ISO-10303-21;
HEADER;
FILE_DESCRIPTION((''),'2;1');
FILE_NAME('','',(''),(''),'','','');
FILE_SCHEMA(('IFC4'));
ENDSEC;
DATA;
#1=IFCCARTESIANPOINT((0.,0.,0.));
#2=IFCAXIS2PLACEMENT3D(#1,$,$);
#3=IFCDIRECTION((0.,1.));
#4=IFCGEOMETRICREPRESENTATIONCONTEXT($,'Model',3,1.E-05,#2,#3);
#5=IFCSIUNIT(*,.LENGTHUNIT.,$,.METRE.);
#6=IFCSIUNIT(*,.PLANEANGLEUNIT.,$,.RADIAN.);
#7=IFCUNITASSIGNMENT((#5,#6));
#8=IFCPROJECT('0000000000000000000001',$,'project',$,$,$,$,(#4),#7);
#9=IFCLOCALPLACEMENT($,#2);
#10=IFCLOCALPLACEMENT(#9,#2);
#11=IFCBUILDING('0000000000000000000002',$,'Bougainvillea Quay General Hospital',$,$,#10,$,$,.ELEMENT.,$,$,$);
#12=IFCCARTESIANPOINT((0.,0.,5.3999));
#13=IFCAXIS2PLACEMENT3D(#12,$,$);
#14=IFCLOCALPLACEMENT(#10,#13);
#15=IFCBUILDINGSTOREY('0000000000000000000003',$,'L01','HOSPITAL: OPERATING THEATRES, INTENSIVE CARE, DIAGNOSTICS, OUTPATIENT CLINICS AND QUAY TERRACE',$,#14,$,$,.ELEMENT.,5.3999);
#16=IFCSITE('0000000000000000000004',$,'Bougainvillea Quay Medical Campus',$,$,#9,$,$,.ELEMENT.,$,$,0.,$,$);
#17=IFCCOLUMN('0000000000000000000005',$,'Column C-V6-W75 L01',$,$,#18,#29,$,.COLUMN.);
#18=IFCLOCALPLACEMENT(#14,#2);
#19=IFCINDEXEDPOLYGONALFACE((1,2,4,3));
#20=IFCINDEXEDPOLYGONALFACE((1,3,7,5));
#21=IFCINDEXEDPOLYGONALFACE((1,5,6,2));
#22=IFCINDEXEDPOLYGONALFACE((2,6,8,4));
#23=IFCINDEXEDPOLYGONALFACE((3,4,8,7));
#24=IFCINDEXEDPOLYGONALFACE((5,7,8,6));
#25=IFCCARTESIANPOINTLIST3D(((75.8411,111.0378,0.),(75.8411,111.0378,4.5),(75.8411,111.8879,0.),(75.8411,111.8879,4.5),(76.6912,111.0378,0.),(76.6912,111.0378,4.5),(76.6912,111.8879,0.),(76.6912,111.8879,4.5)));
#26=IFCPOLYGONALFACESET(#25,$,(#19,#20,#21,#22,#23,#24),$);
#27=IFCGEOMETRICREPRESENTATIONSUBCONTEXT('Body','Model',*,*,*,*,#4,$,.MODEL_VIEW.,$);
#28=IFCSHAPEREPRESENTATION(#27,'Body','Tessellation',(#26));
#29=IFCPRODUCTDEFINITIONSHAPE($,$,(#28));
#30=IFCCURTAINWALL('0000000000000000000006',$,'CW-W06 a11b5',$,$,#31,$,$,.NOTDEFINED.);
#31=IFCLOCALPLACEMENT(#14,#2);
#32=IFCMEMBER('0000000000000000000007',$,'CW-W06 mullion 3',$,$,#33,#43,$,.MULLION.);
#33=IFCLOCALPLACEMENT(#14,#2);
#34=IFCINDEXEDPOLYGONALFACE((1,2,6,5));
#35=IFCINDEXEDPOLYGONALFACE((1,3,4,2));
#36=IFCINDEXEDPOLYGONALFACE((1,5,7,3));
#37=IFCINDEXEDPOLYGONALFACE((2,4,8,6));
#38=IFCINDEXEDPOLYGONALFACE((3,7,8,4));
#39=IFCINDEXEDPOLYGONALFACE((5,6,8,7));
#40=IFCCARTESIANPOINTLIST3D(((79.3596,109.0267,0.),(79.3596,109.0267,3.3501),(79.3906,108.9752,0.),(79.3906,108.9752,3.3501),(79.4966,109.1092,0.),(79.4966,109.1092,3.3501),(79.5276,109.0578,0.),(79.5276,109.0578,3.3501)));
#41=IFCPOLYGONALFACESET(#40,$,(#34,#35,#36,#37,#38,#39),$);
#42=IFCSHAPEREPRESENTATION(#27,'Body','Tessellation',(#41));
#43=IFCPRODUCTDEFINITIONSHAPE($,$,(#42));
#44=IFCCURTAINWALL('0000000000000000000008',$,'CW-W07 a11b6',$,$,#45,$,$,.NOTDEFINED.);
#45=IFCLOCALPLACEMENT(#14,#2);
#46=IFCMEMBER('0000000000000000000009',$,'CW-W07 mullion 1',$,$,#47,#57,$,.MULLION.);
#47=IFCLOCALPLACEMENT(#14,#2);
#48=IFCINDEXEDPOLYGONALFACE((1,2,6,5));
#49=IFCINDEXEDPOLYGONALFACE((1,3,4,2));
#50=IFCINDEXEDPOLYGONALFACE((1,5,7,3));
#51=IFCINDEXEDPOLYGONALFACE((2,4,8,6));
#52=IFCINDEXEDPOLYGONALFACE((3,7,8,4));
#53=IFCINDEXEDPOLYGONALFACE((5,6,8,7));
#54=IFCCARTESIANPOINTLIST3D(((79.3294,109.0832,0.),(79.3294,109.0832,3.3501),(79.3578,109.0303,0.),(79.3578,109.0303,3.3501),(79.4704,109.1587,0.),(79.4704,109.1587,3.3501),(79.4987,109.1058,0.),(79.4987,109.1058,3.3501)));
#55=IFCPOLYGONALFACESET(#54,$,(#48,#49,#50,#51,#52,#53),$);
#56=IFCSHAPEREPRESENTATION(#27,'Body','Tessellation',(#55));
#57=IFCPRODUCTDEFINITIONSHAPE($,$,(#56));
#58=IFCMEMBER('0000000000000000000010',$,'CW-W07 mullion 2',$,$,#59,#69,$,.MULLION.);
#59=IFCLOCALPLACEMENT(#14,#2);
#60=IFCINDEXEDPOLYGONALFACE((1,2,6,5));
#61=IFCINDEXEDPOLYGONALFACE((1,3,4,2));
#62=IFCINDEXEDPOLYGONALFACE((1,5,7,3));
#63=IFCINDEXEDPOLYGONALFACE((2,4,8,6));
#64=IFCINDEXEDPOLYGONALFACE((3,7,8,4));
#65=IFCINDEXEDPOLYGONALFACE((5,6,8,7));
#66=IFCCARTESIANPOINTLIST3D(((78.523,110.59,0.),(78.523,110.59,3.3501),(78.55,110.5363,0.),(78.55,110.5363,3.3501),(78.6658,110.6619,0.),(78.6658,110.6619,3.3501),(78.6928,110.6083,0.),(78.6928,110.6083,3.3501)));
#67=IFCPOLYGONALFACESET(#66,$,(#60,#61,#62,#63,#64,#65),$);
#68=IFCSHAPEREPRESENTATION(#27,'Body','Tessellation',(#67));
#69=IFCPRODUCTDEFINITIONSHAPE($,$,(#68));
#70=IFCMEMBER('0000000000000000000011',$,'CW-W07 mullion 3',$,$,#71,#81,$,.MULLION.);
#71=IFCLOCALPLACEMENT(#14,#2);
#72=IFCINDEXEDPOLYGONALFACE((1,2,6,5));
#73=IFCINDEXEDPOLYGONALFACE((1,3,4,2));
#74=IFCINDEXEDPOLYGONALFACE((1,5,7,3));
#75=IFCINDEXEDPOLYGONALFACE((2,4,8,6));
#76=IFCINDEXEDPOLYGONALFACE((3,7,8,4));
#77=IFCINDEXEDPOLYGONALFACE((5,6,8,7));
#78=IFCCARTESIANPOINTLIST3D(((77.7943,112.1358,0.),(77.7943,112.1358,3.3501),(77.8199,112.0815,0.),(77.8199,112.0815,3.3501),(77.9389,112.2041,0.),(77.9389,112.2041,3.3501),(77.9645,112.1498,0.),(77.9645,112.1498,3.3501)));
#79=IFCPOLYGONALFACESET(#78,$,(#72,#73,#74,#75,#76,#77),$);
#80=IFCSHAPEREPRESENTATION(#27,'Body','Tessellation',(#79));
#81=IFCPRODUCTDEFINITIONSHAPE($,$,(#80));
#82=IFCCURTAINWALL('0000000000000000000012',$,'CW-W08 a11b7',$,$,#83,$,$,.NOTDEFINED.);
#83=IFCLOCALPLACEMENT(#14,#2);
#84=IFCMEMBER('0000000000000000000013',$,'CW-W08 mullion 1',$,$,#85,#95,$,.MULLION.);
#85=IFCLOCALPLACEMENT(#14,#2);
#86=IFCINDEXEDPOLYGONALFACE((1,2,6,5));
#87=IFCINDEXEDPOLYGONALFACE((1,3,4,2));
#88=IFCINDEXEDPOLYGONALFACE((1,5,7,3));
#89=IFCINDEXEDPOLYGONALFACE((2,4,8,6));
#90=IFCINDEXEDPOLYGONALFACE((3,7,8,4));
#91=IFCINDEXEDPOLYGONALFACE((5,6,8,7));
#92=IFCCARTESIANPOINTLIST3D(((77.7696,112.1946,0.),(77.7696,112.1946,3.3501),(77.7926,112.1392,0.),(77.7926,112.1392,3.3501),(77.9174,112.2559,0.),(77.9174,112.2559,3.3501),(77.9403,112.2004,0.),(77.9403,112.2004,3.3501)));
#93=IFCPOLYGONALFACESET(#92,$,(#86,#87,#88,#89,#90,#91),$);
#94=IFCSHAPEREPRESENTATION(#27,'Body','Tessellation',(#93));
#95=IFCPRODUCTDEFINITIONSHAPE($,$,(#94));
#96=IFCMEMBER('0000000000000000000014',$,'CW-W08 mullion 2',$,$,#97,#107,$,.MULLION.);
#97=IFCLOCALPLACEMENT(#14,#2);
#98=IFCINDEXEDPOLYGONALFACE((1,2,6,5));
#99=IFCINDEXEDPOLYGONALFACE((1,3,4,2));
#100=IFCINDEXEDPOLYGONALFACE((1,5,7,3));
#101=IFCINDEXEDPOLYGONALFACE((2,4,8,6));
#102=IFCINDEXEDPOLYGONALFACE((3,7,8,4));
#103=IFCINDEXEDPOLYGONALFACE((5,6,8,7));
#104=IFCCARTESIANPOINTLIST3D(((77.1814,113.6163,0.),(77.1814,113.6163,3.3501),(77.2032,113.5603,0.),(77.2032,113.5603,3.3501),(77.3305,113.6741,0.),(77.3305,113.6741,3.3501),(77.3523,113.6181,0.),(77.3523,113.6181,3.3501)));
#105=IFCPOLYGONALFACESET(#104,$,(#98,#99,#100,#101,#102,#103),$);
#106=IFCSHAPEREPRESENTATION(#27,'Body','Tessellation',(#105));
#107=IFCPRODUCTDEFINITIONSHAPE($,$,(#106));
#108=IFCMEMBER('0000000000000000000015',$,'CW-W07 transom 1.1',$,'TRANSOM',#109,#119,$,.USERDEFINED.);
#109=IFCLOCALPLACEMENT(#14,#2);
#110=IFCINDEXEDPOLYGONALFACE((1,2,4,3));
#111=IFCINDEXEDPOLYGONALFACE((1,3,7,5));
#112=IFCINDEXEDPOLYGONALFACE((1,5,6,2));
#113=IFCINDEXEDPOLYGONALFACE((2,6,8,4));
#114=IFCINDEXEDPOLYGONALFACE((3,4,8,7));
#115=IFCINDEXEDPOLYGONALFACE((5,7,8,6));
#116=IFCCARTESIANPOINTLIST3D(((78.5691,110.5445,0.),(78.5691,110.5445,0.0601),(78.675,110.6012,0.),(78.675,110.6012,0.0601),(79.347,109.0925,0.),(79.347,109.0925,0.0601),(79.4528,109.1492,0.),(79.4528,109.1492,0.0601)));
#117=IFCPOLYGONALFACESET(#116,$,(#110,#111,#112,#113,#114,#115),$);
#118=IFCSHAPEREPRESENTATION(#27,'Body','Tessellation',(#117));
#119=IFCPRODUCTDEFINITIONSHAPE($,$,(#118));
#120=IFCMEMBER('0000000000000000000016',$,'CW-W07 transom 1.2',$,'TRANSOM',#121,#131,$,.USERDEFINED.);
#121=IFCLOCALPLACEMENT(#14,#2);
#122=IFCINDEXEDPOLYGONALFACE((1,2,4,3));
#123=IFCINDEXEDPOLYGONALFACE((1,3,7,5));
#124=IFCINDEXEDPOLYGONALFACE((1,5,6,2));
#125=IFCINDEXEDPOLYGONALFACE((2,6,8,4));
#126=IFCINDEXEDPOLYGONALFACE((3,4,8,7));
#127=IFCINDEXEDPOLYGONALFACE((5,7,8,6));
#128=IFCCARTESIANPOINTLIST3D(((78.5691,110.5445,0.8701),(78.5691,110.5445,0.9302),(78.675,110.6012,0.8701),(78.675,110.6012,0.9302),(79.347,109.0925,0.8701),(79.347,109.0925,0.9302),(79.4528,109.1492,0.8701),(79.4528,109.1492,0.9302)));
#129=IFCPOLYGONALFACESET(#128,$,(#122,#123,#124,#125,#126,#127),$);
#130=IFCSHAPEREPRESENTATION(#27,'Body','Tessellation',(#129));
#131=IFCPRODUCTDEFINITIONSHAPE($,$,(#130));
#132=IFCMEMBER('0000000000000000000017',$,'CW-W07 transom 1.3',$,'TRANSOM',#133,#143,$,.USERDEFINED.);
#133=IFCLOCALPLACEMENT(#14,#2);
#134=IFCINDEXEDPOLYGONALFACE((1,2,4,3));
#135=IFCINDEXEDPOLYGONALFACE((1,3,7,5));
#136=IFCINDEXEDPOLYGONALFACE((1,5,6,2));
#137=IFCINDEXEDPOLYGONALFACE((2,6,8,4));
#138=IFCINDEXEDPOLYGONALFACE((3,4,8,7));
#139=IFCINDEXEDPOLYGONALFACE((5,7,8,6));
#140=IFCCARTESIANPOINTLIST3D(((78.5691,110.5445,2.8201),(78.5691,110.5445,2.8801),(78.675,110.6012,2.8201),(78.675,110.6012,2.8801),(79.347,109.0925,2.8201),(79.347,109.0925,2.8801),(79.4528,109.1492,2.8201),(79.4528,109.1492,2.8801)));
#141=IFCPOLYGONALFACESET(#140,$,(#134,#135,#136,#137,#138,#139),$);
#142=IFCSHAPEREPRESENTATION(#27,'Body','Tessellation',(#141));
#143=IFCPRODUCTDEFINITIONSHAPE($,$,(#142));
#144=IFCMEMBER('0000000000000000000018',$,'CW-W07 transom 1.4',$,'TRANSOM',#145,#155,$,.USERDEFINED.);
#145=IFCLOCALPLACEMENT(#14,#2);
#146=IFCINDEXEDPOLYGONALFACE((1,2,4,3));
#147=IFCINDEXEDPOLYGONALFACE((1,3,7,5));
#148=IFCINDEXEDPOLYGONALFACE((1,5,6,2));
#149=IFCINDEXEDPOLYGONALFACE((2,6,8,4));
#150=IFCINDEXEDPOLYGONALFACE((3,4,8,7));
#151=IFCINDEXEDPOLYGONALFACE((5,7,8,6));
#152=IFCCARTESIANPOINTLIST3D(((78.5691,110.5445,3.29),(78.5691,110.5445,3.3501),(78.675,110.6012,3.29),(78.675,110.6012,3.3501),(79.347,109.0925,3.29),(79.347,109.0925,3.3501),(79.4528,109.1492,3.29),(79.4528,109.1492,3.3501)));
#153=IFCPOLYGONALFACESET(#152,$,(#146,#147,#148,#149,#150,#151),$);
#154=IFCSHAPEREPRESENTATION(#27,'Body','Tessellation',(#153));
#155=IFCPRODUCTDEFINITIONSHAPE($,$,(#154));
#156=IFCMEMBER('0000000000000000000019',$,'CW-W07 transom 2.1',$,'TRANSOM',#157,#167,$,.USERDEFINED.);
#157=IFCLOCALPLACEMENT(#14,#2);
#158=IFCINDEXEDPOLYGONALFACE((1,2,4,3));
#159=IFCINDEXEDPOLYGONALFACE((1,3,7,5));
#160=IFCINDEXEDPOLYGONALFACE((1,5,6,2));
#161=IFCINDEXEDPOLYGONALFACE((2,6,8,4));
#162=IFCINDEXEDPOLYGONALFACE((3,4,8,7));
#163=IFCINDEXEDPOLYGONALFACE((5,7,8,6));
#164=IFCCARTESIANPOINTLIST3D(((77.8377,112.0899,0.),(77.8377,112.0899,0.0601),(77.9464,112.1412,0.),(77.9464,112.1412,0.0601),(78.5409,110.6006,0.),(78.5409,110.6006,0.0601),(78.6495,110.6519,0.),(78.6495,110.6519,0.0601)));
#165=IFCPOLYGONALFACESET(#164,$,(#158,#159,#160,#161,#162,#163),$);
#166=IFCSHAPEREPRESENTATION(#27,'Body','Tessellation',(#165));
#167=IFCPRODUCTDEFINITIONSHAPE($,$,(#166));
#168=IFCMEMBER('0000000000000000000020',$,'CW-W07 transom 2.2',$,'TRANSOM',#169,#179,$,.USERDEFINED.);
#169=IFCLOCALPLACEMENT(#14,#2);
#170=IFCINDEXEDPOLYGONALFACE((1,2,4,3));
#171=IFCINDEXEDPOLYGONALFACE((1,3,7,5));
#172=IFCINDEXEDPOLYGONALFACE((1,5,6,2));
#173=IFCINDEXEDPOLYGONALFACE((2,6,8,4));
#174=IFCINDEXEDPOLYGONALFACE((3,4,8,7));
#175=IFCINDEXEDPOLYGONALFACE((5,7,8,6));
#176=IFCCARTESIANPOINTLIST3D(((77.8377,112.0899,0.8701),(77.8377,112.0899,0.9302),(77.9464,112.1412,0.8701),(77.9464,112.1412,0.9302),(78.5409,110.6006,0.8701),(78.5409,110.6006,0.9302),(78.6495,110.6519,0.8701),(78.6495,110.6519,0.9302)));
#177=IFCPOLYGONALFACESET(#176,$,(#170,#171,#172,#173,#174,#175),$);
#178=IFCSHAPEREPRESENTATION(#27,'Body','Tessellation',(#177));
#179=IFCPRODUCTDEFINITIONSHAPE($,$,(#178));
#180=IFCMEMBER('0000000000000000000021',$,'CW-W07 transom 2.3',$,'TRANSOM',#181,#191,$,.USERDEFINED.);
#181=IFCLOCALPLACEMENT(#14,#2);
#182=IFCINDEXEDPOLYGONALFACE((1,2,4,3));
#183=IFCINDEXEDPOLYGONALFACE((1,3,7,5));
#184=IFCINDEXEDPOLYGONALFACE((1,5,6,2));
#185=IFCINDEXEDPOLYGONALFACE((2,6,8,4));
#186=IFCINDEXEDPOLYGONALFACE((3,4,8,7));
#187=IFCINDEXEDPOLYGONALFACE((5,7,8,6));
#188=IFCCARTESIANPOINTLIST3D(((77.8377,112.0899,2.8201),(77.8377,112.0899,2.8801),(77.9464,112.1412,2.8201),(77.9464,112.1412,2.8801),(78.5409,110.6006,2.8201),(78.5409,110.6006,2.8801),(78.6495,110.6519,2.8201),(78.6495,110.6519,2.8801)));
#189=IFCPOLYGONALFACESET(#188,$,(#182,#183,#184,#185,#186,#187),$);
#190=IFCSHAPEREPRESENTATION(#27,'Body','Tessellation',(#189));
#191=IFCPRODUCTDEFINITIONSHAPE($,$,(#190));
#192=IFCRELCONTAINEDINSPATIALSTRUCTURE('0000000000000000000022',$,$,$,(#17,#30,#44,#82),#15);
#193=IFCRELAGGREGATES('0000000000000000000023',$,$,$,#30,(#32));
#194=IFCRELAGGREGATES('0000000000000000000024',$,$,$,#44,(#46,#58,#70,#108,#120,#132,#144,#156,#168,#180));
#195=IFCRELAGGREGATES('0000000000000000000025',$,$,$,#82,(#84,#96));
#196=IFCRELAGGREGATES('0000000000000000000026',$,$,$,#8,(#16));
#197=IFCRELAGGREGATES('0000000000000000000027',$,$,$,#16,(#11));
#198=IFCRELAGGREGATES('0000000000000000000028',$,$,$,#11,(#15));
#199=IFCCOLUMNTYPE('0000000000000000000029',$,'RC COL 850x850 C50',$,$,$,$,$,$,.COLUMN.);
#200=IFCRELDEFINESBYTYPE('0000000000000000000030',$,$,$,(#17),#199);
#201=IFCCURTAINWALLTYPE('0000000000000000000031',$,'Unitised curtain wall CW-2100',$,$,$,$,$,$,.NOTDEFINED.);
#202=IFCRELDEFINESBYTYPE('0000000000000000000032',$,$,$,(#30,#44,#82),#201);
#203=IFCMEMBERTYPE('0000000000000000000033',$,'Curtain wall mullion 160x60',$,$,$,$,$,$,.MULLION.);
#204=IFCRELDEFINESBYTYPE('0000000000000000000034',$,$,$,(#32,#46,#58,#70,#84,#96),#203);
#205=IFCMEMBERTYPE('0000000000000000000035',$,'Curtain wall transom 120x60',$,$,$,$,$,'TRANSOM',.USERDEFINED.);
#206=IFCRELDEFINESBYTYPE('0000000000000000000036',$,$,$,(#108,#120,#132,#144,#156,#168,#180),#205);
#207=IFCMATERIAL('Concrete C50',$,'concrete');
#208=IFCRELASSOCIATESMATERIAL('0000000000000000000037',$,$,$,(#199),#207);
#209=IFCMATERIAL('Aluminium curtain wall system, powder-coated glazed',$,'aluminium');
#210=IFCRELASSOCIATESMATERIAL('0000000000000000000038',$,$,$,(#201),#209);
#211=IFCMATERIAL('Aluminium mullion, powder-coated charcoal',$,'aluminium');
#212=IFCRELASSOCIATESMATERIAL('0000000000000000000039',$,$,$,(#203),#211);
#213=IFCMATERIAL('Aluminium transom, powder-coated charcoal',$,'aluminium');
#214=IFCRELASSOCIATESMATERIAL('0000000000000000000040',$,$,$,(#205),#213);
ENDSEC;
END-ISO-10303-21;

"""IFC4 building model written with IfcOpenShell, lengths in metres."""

from ifc_helpers import new_model, si_unit, direction, frame, origin, origin_2d, place, context, subcontext, project, spatial, rectangle, extrude, material, material_profile, profile_set, type_object, element, aggregate, save


model = new_model("IFC4")

# Units and contexts
model_context = context("Model", 3, precision=1e-05, world=origin(), true_north=direction((0.0, 1.0)))
body_context = subcontext(model_context, "Body", "Model", "MODEL_VIEW")
ifc_project = project(units=[si_unit("LENGTHUNIT", "METRE"), si_unit("PLANEANGLEUNIT", "RADIAN")], contexts=[model_context])

# Site, building, storey
site_placement = place(None, origin())
site = spatial("IfcSite", under=ifc_project, at=site_placement, Name="Bougainvillea Quay Medical Campus", CompositionType="ELEMENT", RefElevation=0.0)
building_placement = place(site_placement, origin())
building = spatial("IfcBuilding", under=site, at=building_placement, Name="Bougainvillea Quay General Hospital", CompositionType="ELEMENT")
storey_placement = place(building_placement, frame((0.0, 0.0, 5.3999)))
storey = spatial("IfcBuildingStorey", under=building, at=storey_placement, Name="L01", Description="HOSPITAL: OPERATING THEATRES, INTENSIVE CARE, DIAGNOSTICS, OUTPATIENT CLINICS AND QUAY TERRACE", CompositionType="ELEMENT", Elevation=5.3999)

# Column
ifc_material_1 = material(Name="Concrete C50", Category="concrete")
ifc_material_profile_1 = material_profile(ifc_material_1, rectangle(XDim=0.8501, YDim=0.8501, at=origin_2d()))
ifc_profile_set_1 = profile_set([ifc_material_profile_1], Name="Concrete C50")
column_type = type_object("IfcColumnType", Name="RC COL 850x850 C50", PredefinedType="COLUMN", material=ifc_profile_set_1)
column_placement = place(storey_placement, frame((76.2661, 111.4629, 0.0), z_axis=(0.0, 0.0, 1.0), x_axis=(1.0, 0.0, 0.0)))
element("IfcColumn", 1, at=column_placement, inside=storey, type_object=column_type, Name="Column C-V6-W75 L01", PredefinedType="COLUMN", context=body_context, shape_type="SweptSolid", body=[
    extrude(rectangle(XDim=0.8501, YDim=0.8501, at=origin_2d()), origin(), (0.0, 0.0, 1.0), 4.5),
])

# Curtain wall, member
ifc_material_2 = material(Name="Aluminium curtain wall system, powder-coated glazed", Category="aluminium")
curtain_wall_type = type_object("IfcCurtainWallType", Name="Unitised curtain wall CW-2100", PredefinedType="NOTDEFINED", material=ifc_material_2)
curtain_wall_1_placement = place(storey_placement, origin())
curtain_wall_1 = element("IfcCurtainWall", 2, at=curtain_wall_1_placement, inside=storey, type_object=curtain_wall_type, Name="CW-W06 a11b5", PredefinedType="NOTDEFINED")
ifc_material_3 = material(Name="Aluminium mullion, powder-coated charcoal", Category="aluminium")
ifc_material_profile_2 = material_profile(ifc_material_3, rectangle(XDim=0.1599, YDim=0.0601, at=origin_2d()))
ifc_profile_set_2 = profile_set([ifc_material_profile_2], Name="Aluminium mullion, powder-coated charcoal")
member_type_1 = type_object("IfcMemberType", Name="Curtain wall mullion 160x60", PredefinedType="MULLION", material=ifc_profile_set_2)
member_1_placement = place(storey_placement, frame((79.4436, 109.0422, 0.0), z_axis=(0.0, 0.0, 1.0), x_axis=(-0.856438, -0.516249, 0.0)))
member_1 = element("IfcMember", 3, at=member_1_placement, type_object=member_type_1, Name="CW-W06 mullion 3", PredefinedType="MULLION", context=body_context, shape_type="SweptSolid", body=[
    extrude(rectangle(XDim=0.1599, YDim=0.0601, at=origin_2d()), origin(), (0.0, 0.0, 1.0), 3.3501),
])
aggregate(curtain_wall_1, [member_1])

# Curtain walls, members
curtain_wall_2_placement = place(storey_placement, origin())
curtain_wall_2 = element("IfcCurtainWall", 4, at=curtain_wall_2_placement, inside=storey, type_object=curtain_wall_type, Name="CW-W07 a11b6", PredefinedType="NOTDEFINED")
member_2_placement = place(storey_placement, frame((79.4141, 109.0945, 0.0), z_axis=(0.0, 0.0, 1.0), x_axis=(-0.88151, -0.472166, 0.0)))
member_2 = element("IfcMember", 5, at=member_2_placement, type_object=member_type_1, Name="CW-W07 mullion 1", PredefinedType="MULLION", context=body_context, shape_type="SweptSolid", body=[
    extrude(rectangle(XDim=0.1599, YDim=0.0601, at=origin_2d()), origin(), (0.0, 0.0, 1.0), 3.3501),
])
member_3_placement = place(storey_placement, frame((78.6079, 110.5991, 0.0), z_axis=(0.0, 0.0, 1.0), x_axis=(-0.893199, -0.449662, 0.0)))
member_3 = element("IfcMember", 6, at=member_3_placement, type_object=member_type_1, Name="CW-W07 mullion 2", PredefinedType="MULLION", context=body_context, shape_type="SweptSolid", body=[
    extrude(rectangle(XDim=0.1599, YDim=0.0601, at=origin_2d()), origin(), (0.0, 0.0, 1.0), 3.3501),
])
member_4_placement = place(storey_placement, frame((77.8794, 112.1428, 0.0), z_axis=(0.0, 0.0, 1.0), x_axis=(-0.904314, -0.426869, 0.0)))
member_4 = element("IfcMember", 7, at=member_4_placement, type_object=member_type_1, Name="CW-W07 mullion 3", PredefinedType="MULLION", context=body_context, shape_type="SweptSolid", body=[
    extrude(rectangle(XDim=0.1599, YDim=0.0601, at=origin_2d()), origin(), (0.0, 0.0, 1.0), 3.3501),
])
curtain_wall_3_placement = place(storey_placement, origin())
curtain_wall_3 = element("IfcCurtainWall", 8, at=curtain_wall_3_placement, inside=storey, type_object=curtain_wall_type, Name="CW-W08 a11b7", PredefinedType="NOTDEFINED")
member_5_placement = place(storey_placement, frame((77.855, 112.1975, 0.0), z_axis=(0.0, 0.0, 1.0), x_axis=(-0.923843, -0.38277, 0.0)))
member_5 = element("IfcMember", 9, at=member_5_placement, type_object=member_type_1, Name="CW-W08 mullion 1", PredefinedType="MULLION", context=body_context, shape_type="SweptSolid", body=[
    extrude(rectangle(XDim=0.1599, YDim=0.0601, at=origin_2d()), origin(), (0.0, 0.0, 1.0), 3.3501),
])
member_6_placement = place(storey_placement, frame((77.2668, 113.6172, 0.0), z_axis=(0.0, 0.0, 1.0), x_axis=(-0.932357, -0.36154, 0.0)))
member_6 = element("IfcMember", 10, at=member_6_placement, type_object=member_type_1, Name="CW-W08 mullion 2", PredefinedType="MULLION", context=body_context, shape_type="SweptSolid", body=[
    extrude(rectangle(XDim=0.1599, YDim=0.0601, at=origin_2d()), origin(), (0.0, 0.0, 1.0), 3.3501),
])

# Members
ifc_material_4 = material(Name="Aluminium transom, powder-coated charcoal", Category="aluminium")
ifc_material_profile_3 = material_profile(ifc_material_4, rectangle(XDim=0.1201, YDim=0.0601, at=origin_2d()))
ifc_profile_set_3 = profile_set([ifc_material_profile_3], Name="Aluminium transom, powder-coated charcoal")
member_type_2 = type_object("IfcMemberType", Name="Curtain wall transom 120x60", ElementType="TRANSOM", PredefinedType="USERDEFINED", material=ifc_profile_set_3)
member_7_placement = place(storey_placement, frame((79.3999, 109.1208, 0.03), z_axis=(-0.472234, 0.881473, 0.0), x_axis=(-0.881473, -0.472234, 0.0)))
member_7 = element("IfcMember", 11, at=member_7_placement, type_object=member_type_2, Name="CW-W07 transom 1.1", ObjectType="TRANSOM", PredefinedType="USERDEFINED", context=body_context, shape_type="SweptSolid", body=[
    extrude(rectangle(XDim=0.1201, YDim=0.0601, at=origin_2d()), origin(), (0.0, 0.0, 1.0), 1.6472),
])
member_8_placement = place(storey_placement, frame((79.3999, 109.1208, 0.9001), z_axis=(-0.472234, 0.881473, 0.0), x_axis=(-0.881473, -0.472234, 0.0)))
member_8 = element("IfcMember", 12, at=member_8_placement, type_object=member_type_2, Name="CW-W07 transom 1.2", ObjectType="TRANSOM", PredefinedType="USERDEFINED", context=body_context, shape_type="SweptSolid", body=[
    extrude(rectangle(XDim=0.1201, YDim=0.0601, at=origin_2d()), origin(), (0.0, 0.0, 1.0), 1.6472),
])
member_9_placement = place(storey_placement, frame((79.3999, 109.1208, 2.8501), z_axis=(-0.472234, 0.881473, 0.0), x_axis=(-0.881473, -0.472234, 0.0)))
member_9 = element("IfcMember", 13, at=member_9_placement, type_object=member_type_2, Name="CW-W07 transom 1.3", ObjectType="TRANSOM", PredefinedType="USERDEFINED", context=body_context, shape_type="SweptSolid", body=[
    extrude(rectangle(XDim=0.1201, YDim=0.0601, at=origin_2d()), origin(), (0.0, 0.0, 1.0), 1.6472),
])
member_10_placement = place(storey_placement, frame((79.3999, 109.1208, 3.3201), z_axis=(-0.472234, 0.881473, 0.0), x_axis=(-0.881473, -0.472234, 0.0)))
member_10 = element("IfcMember", 14, at=member_10_placement, type_object=member_type_2, Name="CW-W07 transom 1.4", ObjectType="TRANSOM", PredefinedType="USERDEFINED", context=body_context, shape_type="SweptSolid", body=[
    extrude(rectangle(XDim=0.1201, YDim=0.0601, at=origin_2d()), origin(), (0.0, 0.0, 1.0), 1.6472),
])
member_11_placement = place(storey_placement, frame((78.5952, 110.6262, 0.03), z_axis=(-0.426939, 0.90428, 0.0), x_axis=(-0.90428, -0.426939, 0.0)))
member_11 = element("IfcMember", 15, at=member_11_placement, type_object=member_type_2, Name="CW-W07 transom 2.1", ObjectType="TRANSOM", PredefinedType="USERDEFINED", context=body_context, shape_type="SweptSolid", body=[
    extrude(rectangle(XDim=0.1201, YDim=0.0601, at=origin_2d()), origin(), (0.0, 0.0, 1.0), 1.647),
])
member_12_placement = place(storey_placement, frame((78.5952, 110.6262, 0.9001), z_axis=(-0.426939, 0.90428, 0.0), x_axis=(-0.90428, -0.426939, 0.0)))
member_12 = element("IfcMember", 16, at=member_12_placement, type_object=member_type_2, Name="CW-W07 transom 2.2", ObjectType="TRANSOM", PredefinedType="USERDEFINED", context=body_context, shape_type="SweptSolid", body=[
    extrude(rectangle(XDim=0.1201, YDim=0.0601, at=origin_2d()), origin(), (0.0, 0.0, 1.0), 1.647),
])
member_13_placement = place(storey_placement, frame((78.5952, 110.6262, 2.8501), z_axis=(-0.426939, 0.90428, 0.0), x_axis=(-0.90428, -0.426939, 0.0)))
member_13 = element("IfcMember", 17, at=member_13_placement, type_object=member_type_2, Name="CW-W07 transom 2.3", ObjectType="TRANSOM", PredefinedType="USERDEFINED", context=body_context, shape_type="SweptSolid", body=[
    extrude(rectangle(XDim=0.1201, YDim=0.0601, at=origin_2d()), origin(), (0.0, 0.0, 1.0), 1.647),
])

aggregate(curtain_wall_2, [member_2, member_3, member_4, member_7, member_8, member_9, member_10, member_11, member_12, member_13])
aggregate(curtain_wall_3, [member_5, member_6])

save(model, "model.ifc")
